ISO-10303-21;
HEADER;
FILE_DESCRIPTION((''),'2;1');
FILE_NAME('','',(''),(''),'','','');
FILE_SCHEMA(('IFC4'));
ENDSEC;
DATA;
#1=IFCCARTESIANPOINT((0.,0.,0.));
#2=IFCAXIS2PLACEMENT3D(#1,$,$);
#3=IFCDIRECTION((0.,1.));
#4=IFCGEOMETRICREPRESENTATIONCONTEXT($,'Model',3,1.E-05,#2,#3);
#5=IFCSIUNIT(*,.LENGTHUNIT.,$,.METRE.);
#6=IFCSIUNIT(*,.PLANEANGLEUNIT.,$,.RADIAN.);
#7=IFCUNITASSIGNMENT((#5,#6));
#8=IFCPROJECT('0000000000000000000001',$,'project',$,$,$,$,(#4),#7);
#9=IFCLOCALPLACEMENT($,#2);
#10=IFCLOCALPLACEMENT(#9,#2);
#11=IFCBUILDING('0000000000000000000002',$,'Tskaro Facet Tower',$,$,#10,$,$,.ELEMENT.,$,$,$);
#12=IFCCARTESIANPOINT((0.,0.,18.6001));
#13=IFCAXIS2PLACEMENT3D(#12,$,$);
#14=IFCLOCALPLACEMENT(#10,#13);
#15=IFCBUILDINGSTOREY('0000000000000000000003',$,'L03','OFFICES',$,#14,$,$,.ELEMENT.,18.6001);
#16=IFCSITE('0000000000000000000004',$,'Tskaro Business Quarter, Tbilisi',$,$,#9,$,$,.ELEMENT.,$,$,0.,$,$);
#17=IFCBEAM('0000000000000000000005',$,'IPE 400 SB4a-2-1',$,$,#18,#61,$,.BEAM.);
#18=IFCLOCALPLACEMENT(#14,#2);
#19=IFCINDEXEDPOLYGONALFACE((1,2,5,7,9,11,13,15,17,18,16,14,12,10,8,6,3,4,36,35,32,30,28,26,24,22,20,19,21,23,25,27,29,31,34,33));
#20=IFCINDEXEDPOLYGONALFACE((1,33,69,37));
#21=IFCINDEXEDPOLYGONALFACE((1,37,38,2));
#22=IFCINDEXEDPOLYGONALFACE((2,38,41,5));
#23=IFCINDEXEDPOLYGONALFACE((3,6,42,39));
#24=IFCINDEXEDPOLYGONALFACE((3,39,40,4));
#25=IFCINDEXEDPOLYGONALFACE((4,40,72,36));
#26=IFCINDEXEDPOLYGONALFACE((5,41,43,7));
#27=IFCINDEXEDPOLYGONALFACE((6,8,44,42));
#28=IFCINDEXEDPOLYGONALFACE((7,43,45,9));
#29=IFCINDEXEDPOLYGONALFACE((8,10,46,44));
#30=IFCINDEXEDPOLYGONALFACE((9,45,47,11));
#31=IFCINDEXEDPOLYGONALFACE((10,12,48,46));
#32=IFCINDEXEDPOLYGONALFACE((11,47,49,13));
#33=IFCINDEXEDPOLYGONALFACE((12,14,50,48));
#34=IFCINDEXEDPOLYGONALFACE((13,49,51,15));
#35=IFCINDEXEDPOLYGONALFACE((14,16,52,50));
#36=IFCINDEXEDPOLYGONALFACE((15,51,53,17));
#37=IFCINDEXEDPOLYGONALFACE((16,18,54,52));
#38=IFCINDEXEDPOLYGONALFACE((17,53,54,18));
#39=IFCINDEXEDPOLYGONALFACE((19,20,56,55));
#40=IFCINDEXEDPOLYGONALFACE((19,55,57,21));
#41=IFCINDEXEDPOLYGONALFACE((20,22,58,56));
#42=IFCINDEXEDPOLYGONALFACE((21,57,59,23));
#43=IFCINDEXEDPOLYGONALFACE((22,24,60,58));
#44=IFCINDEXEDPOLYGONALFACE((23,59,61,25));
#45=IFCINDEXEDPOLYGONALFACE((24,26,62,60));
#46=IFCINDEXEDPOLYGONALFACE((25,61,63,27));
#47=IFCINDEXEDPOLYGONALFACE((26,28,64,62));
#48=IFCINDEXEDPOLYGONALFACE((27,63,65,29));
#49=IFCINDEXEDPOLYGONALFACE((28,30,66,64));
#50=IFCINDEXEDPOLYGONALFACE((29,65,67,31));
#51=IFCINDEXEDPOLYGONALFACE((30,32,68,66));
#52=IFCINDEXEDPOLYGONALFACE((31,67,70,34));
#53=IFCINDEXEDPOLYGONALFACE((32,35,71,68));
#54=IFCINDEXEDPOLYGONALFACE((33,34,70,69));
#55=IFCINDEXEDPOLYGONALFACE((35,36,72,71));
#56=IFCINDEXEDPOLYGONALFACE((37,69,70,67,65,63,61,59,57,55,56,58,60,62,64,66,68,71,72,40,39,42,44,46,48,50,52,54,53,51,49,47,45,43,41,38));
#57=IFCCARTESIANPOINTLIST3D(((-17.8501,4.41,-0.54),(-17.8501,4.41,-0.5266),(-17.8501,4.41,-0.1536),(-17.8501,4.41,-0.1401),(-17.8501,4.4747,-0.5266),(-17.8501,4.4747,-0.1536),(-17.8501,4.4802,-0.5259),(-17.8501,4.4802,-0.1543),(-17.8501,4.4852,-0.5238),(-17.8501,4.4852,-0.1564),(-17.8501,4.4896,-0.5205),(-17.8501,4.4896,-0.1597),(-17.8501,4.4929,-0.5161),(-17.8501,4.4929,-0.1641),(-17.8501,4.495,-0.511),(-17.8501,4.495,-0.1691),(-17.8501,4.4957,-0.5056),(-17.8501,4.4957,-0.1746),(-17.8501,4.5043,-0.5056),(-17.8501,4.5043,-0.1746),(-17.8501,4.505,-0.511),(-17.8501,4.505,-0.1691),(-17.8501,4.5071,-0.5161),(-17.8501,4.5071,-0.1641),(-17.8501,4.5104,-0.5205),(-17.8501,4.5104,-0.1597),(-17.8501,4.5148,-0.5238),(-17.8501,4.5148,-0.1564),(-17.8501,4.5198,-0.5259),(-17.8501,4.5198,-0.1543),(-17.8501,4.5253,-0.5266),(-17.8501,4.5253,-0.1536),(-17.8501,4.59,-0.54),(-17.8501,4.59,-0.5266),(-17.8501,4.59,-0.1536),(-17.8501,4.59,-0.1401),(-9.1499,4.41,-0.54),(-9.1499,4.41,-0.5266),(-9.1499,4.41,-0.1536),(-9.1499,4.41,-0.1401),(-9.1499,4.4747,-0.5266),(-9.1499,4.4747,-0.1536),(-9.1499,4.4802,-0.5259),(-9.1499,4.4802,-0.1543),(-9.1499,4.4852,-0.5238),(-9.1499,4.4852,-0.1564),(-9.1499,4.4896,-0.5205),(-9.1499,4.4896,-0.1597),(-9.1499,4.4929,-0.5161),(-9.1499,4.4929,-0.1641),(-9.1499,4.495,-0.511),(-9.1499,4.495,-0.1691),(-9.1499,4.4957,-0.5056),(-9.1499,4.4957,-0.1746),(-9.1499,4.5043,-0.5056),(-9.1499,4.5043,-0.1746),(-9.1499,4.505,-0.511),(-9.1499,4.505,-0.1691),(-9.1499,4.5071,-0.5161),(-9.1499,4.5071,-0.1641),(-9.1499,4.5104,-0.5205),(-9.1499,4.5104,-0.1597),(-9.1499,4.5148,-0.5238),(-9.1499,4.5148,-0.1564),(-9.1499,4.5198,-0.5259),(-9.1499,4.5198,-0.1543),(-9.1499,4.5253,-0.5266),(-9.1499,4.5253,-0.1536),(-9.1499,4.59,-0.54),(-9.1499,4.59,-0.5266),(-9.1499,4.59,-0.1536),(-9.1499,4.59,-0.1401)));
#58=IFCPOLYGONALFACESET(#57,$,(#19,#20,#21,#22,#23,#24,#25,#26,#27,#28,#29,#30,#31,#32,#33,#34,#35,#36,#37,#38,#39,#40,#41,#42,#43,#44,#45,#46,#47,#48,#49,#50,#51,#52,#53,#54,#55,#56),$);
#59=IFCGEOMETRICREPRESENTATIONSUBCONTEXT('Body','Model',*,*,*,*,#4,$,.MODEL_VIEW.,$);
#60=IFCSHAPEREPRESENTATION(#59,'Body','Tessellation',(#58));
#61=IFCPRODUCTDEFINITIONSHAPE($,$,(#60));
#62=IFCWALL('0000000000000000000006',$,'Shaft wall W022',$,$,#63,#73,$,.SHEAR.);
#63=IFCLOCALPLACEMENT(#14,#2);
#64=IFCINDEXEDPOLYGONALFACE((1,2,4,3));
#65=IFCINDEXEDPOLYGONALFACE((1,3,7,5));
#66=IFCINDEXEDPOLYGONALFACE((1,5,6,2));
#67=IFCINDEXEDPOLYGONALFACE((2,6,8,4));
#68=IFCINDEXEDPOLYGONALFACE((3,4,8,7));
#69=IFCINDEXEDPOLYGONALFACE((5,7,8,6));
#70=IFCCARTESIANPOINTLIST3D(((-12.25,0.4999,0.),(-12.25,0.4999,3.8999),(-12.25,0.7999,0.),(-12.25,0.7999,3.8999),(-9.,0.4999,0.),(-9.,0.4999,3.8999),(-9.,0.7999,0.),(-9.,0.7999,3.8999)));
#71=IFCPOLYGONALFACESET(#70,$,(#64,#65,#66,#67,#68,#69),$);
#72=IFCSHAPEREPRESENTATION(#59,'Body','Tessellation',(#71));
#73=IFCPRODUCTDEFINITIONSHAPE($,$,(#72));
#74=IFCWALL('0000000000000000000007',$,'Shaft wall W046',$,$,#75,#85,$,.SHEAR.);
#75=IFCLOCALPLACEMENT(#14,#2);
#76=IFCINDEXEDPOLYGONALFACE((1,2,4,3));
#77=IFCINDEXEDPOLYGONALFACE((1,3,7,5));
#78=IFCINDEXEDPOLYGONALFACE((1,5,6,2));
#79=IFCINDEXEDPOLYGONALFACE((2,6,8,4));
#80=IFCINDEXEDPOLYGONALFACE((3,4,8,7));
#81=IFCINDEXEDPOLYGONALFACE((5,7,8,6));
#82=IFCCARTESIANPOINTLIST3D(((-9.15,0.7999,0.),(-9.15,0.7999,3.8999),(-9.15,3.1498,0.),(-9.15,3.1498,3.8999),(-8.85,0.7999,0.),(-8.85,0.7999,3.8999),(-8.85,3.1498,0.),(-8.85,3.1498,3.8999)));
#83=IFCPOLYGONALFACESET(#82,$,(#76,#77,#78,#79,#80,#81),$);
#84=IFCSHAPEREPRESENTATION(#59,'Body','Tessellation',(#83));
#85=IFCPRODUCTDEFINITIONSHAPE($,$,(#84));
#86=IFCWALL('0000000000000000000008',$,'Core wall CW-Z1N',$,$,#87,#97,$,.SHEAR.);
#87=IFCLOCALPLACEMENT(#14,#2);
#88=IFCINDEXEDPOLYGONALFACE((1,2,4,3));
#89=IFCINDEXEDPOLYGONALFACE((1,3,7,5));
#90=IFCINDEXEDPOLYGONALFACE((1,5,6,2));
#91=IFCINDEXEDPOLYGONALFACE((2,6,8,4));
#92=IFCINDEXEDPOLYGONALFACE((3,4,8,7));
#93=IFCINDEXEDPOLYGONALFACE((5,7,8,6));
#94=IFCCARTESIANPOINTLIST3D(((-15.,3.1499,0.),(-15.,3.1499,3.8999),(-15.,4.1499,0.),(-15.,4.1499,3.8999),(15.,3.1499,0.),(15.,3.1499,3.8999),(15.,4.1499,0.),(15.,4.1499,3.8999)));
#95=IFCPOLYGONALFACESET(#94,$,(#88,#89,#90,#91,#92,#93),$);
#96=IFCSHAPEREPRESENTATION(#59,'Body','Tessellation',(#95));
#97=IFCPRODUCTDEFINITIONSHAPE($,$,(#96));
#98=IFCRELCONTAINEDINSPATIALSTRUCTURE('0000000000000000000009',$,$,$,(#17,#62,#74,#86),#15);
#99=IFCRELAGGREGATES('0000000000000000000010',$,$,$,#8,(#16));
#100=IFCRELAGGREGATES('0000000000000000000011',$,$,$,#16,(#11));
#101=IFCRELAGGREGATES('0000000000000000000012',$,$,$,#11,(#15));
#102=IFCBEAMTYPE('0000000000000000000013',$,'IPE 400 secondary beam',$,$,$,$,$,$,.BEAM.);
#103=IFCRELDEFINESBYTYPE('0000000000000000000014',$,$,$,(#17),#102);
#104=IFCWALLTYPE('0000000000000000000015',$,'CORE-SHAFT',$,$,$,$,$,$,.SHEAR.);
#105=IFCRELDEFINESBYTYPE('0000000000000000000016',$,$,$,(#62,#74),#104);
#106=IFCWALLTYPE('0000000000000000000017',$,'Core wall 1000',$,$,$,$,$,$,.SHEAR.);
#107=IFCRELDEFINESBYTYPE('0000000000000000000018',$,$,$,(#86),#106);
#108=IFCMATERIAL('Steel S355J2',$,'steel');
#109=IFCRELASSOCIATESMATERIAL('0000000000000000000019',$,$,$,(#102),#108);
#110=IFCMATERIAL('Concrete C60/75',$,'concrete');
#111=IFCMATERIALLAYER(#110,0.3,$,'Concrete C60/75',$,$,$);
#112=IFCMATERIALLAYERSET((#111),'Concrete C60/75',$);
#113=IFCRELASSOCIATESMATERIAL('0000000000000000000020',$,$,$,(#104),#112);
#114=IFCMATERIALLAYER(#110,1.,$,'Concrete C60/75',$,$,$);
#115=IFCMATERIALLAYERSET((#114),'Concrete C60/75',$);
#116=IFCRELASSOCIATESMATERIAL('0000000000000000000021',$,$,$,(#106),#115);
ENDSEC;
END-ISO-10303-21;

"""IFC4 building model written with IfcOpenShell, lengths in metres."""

from ifc_helpers import new_model, si_unit, direction, frame, frame_2d, origin, origin_2d, place, context, subcontext, project, spatial, rectangle, i_section, extrude, material, layer, layer_set, material_profile, profile_set, type_object, element, save


model = new_model("IFC4")

# Units and contexts
model_context = context("Model", 3, precision=1e-05, world=origin(), true_north=direction((0.0, 1.0)))
body_context = subcontext(model_context, "Body", "Model", "MODEL_VIEW")
ifc_project = project(units=[si_unit("LENGTHUNIT", "METRE"), si_unit("PLANEANGLEUNIT", "RADIAN")], contexts=[model_context])

# Site, building, storey
site_placement = place(None, origin())
site = spatial("IfcSite", under=ifc_project, at=site_placement, Name="Tskaro Business Quarter, Tbilisi", CompositionType="ELEMENT", RefElevation=0.0)
building_placement = place(site_placement, origin())
building = spatial("IfcBuilding", under=site, at=building_placement, Name="Tskaro Facet Tower", CompositionType="ELEMENT")
storey_placement = place(building_placement, frame((0.0, 0.0, 18.6001)))
storey = spatial("IfcBuildingStorey", under=building, at=storey_placement, Name="L03", Description="OFFICES", CompositionType="ELEMENT", Elevation=18.6001)

# Beam
ifc_material_1 = material(Name="Steel S355J2", Category="steel")
ifc_material_profile_1 = material_profile(ifc_material_1, i_section(OverallWidth=0.1799, OverallDepth=0.3999, WebThickness=0.0085, FlangeThickness=0.0134, FilletRadius=0.021, at=origin_2d()), Name="IPE 400")
ifc_profile_set_1 = profile_set([ifc_material_profile_1], Name="Steel S355J2")
beam_type_1 = type_object("IfcBeamType", Name="IPE 400 secondary beam", PredefinedType="BEAM", material=ifc_profile_set_1)
beam_1_placement = place(storey_placement, frame((-17.8501, 4.5, -0.3401), z_axis=(1.0, 0.0, 0.0), x_axis=(0.0, 1.0, 0.0)))
element("IfcBeam", 1, at=beam_1_placement, inside=storey, type_object=beam_type_1, Name="IPE 400 SB4a-2-1", PredefinedType="BEAM", context=body_context, shape_type="SweptSolid", body=[
    extrude(i_section(OverallWidth=0.1799, OverallDepth=0.3999, WebThickness=0.0085, FlangeThickness=0.0134, FilletRadius=0.021, at=origin_2d()), origin(), (0.0, 0.0, 1.0), 8.7002),
])

# Walls
ifc_material_2 = material(Name="Concrete C60/75", Category="concrete")
ifc_layer_1 = layer(ifc_material_2, 0.3, Name="Concrete C60/75")
ifc_layer_set_1 = layer_set([ifc_layer_1], Name="Concrete C60/75")
wall_type_1 = type_object("IfcWallType", Name="CORE-SHAFT", PredefinedType="SHEAR", material=ifc_layer_set_1)
wall_1_placement = place(storey_placement, frame((-9.0, 0.6499, 0.0), z_axis=(0.0, 0.0, 1.0), x_axis=(-1.0, 0.0, 0.0)))
element("IfcWall", 2, at=wall_1_placement, inside=storey, type_object=wall_type_1, Name="Shaft wall W022", PredefinedType="SHEAR", context=body_context, shape_type="SweptSolid", body=[
    extrude(rectangle(XDim=3.25, YDim=0.3, at=frame_2d((1.625, 0.0))), origin(), (0.0, 0.0, 1.0), 3.8999),
])
wall_2_placement = place(storey_placement, frame((-9.0, 0.8, 0.0), z_axis=(0.0, 0.0, 1.0), x_axis=(0.0, 1.0, 0.0)))
element("IfcWall", 3, at=wall_2_placement, inside=storey, type_object=wall_type_1, Name="Shaft wall W046", PredefinedType="SHEAR", context=body_context, shape_type="SweptSolid", body=[
    extrude(rectangle(XDim=2.3499, YDim=0.3, at=frame_2d((1.1748, 0.0))), origin(), (0.0, 0.0, 1.0), 3.8999),
])
ifc_layer_2 = layer(ifc_material_2, 1.0, Name="Concrete C60/75")
ifc_layer_set_2 = layer_set([ifc_layer_2], Name="Concrete C60/75")
wall_type_2 = type_object("IfcWallType", Name="Core wall 1000", PredefinedType="SHEAR", material=ifc_layer_set_2)
wall_3_placement = place(storey_placement, frame((-15.0, 3.6499, 0.0), z_axis=(0.0, 0.0, 1.0), x_axis=(1.0, 0.0, 0.0)))
element("IfcWall", 4, at=wall_3_placement, inside=storey, type_object=wall_type_2, Name="Core wall CW-Z1N", PredefinedType="SHEAR", context=body_context, shape_type="SweptSolid", body=[
    extrude(rectangle(XDim=30.0, YDim=1.0, at=frame_2d((15.0, 0.0))), origin(), (0.0, 0.0, 1.0), 3.8999),
])

save(model, "model.ifc")
